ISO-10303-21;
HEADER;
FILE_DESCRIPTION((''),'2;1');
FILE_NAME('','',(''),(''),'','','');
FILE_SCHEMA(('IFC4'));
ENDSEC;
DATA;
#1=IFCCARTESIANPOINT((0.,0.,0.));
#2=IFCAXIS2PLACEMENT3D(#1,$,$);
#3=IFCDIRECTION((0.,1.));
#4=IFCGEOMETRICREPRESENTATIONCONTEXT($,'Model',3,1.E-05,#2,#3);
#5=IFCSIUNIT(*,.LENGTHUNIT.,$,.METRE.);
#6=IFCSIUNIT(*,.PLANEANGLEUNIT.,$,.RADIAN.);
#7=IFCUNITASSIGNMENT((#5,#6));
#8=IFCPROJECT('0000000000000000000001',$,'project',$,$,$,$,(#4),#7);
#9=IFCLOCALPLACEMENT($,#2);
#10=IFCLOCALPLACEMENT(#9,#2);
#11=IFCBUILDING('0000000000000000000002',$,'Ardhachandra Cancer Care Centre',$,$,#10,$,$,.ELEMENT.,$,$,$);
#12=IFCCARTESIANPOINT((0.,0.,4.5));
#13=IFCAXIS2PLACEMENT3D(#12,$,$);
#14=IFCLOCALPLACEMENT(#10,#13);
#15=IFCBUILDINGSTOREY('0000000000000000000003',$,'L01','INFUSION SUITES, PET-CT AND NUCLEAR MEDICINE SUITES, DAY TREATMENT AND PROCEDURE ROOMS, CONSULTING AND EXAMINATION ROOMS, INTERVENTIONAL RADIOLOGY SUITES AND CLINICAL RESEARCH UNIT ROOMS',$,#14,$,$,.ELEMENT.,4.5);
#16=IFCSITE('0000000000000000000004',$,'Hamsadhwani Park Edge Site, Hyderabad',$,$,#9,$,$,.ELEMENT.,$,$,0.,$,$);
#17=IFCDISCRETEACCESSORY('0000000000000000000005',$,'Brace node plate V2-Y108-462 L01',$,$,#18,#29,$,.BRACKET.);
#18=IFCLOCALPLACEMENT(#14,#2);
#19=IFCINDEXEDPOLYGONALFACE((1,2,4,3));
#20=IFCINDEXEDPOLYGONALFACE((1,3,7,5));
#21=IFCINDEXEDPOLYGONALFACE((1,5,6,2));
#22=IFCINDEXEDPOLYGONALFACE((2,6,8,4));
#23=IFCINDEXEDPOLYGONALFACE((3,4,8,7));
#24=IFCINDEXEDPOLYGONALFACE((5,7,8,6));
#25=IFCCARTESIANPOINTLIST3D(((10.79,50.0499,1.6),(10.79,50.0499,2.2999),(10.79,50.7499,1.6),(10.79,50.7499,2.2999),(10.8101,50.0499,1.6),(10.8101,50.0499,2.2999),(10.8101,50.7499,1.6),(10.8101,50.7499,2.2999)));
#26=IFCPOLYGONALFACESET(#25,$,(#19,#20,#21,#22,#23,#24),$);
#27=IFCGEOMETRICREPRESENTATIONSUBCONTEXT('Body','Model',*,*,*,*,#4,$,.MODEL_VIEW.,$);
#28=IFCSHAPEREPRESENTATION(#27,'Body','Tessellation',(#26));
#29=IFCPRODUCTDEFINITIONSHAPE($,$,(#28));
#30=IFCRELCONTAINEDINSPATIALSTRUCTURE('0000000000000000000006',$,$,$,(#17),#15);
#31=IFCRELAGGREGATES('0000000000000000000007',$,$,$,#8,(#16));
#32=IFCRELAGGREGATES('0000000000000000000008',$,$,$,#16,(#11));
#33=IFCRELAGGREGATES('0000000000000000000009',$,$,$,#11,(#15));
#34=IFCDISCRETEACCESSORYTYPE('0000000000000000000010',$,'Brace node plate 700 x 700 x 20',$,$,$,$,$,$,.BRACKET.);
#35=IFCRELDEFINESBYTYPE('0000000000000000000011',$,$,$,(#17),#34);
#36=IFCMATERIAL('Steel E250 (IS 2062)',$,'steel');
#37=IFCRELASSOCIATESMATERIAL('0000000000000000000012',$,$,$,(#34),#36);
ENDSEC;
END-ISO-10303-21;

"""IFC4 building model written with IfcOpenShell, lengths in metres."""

from ifc_helpers import new_model, si_unit, direction, frame, origin, origin_2d, place, context, subcontext, project, spatial, rectangle, extrude, material, material_profile, profile_set, type_object, element, save


model = new_model("IFC4")

# Units and contexts
model_context = context("Model", 3, precision=1e-05, world=origin(), true_north=direction((0.0, 1.0)))
body_context = subcontext(model_context, "Body", "Model", "MODEL_VIEW")
ifc_project = project(units=[si_unit("LENGTHUNIT", "METRE"), si_unit("PLANEANGLEUNIT", "RADIAN")], contexts=[model_context])

# Site, building, storey
site_placement = place(None, origin())
site = spatial("IfcSite", under=ifc_project, at=site_placement, Name="Hamsadhwani Park Edge Site, Hyderabad", CompositionType="ELEMENT", RefElevation=0.0)
building_placement = place(site_placement, origin())
building = spatial("IfcBuilding", under=site, at=building_placement, Name="Ardhachandra Cancer Care Centre", CompositionType="ELEMENT")
storey_placement = place(building_placement, frame((0.0, 0.0, 4.5)))
storey = spatial("IfcBuildingStorey", under=building, at=storey_placement, Name="L01", Description="INFUSION SUITES, PET-CT AND NUCLEAR MEDICINE SUITES, DAY TREATMENT AND PROCEDURE ROOMS, CONSULTING AND EXAMINATION ROOMS, INTERVENTIONAL RADIOLOGY SUITES AND CLINICAL RESEARCH UNIT ROOMS", CompositionType="ELEMENT", Elevation=4.5)

# Discrete accessory
ifc_material_1 = material(Name="Steel E250 (IS 2062)", Category="steel")
ifc_material_profile_1 = material_profile(ifc_material_1, rectangle(XDim=0.7, YDim=0.7, at=origin_2d()), Name="PL 700x700x20")
ifc_profile_set_1 = profile_set([ifc_material_profile_1], Name="Steel E250 (IS 2062)")
discrete_accessory_type_1 = type_object("IfcDiscreteAccessoryType", Name="Brace node plate 700 x 700 x 20", PredefinedType="BRACKET", material=ifc_profile_set_1)
discrete_accessory_placement = place(storey_placement, frame((10.79, 50.3999, 1.95), z_axis=(1.0, 0.0, 0.0), x_axis=(0.0, 1.0, 0.0)))
element("IfcDiscreteAccessory", 1, at=discrete_accessory_placement, inside=storey, type_object=discrete_accessory_type_1, Name="Brace node plate V2-Y108-462 L01", PredefinedType="BRACKET", context=body_context, shape_type="SweptSolid", body=[
    extrude(rectangle(XDim=0.7, YDim=0.7, at=origin_2d()), origin(), (0.0, 0.0, 1.0), 0.02),
])

save(model, "model.ifc")
